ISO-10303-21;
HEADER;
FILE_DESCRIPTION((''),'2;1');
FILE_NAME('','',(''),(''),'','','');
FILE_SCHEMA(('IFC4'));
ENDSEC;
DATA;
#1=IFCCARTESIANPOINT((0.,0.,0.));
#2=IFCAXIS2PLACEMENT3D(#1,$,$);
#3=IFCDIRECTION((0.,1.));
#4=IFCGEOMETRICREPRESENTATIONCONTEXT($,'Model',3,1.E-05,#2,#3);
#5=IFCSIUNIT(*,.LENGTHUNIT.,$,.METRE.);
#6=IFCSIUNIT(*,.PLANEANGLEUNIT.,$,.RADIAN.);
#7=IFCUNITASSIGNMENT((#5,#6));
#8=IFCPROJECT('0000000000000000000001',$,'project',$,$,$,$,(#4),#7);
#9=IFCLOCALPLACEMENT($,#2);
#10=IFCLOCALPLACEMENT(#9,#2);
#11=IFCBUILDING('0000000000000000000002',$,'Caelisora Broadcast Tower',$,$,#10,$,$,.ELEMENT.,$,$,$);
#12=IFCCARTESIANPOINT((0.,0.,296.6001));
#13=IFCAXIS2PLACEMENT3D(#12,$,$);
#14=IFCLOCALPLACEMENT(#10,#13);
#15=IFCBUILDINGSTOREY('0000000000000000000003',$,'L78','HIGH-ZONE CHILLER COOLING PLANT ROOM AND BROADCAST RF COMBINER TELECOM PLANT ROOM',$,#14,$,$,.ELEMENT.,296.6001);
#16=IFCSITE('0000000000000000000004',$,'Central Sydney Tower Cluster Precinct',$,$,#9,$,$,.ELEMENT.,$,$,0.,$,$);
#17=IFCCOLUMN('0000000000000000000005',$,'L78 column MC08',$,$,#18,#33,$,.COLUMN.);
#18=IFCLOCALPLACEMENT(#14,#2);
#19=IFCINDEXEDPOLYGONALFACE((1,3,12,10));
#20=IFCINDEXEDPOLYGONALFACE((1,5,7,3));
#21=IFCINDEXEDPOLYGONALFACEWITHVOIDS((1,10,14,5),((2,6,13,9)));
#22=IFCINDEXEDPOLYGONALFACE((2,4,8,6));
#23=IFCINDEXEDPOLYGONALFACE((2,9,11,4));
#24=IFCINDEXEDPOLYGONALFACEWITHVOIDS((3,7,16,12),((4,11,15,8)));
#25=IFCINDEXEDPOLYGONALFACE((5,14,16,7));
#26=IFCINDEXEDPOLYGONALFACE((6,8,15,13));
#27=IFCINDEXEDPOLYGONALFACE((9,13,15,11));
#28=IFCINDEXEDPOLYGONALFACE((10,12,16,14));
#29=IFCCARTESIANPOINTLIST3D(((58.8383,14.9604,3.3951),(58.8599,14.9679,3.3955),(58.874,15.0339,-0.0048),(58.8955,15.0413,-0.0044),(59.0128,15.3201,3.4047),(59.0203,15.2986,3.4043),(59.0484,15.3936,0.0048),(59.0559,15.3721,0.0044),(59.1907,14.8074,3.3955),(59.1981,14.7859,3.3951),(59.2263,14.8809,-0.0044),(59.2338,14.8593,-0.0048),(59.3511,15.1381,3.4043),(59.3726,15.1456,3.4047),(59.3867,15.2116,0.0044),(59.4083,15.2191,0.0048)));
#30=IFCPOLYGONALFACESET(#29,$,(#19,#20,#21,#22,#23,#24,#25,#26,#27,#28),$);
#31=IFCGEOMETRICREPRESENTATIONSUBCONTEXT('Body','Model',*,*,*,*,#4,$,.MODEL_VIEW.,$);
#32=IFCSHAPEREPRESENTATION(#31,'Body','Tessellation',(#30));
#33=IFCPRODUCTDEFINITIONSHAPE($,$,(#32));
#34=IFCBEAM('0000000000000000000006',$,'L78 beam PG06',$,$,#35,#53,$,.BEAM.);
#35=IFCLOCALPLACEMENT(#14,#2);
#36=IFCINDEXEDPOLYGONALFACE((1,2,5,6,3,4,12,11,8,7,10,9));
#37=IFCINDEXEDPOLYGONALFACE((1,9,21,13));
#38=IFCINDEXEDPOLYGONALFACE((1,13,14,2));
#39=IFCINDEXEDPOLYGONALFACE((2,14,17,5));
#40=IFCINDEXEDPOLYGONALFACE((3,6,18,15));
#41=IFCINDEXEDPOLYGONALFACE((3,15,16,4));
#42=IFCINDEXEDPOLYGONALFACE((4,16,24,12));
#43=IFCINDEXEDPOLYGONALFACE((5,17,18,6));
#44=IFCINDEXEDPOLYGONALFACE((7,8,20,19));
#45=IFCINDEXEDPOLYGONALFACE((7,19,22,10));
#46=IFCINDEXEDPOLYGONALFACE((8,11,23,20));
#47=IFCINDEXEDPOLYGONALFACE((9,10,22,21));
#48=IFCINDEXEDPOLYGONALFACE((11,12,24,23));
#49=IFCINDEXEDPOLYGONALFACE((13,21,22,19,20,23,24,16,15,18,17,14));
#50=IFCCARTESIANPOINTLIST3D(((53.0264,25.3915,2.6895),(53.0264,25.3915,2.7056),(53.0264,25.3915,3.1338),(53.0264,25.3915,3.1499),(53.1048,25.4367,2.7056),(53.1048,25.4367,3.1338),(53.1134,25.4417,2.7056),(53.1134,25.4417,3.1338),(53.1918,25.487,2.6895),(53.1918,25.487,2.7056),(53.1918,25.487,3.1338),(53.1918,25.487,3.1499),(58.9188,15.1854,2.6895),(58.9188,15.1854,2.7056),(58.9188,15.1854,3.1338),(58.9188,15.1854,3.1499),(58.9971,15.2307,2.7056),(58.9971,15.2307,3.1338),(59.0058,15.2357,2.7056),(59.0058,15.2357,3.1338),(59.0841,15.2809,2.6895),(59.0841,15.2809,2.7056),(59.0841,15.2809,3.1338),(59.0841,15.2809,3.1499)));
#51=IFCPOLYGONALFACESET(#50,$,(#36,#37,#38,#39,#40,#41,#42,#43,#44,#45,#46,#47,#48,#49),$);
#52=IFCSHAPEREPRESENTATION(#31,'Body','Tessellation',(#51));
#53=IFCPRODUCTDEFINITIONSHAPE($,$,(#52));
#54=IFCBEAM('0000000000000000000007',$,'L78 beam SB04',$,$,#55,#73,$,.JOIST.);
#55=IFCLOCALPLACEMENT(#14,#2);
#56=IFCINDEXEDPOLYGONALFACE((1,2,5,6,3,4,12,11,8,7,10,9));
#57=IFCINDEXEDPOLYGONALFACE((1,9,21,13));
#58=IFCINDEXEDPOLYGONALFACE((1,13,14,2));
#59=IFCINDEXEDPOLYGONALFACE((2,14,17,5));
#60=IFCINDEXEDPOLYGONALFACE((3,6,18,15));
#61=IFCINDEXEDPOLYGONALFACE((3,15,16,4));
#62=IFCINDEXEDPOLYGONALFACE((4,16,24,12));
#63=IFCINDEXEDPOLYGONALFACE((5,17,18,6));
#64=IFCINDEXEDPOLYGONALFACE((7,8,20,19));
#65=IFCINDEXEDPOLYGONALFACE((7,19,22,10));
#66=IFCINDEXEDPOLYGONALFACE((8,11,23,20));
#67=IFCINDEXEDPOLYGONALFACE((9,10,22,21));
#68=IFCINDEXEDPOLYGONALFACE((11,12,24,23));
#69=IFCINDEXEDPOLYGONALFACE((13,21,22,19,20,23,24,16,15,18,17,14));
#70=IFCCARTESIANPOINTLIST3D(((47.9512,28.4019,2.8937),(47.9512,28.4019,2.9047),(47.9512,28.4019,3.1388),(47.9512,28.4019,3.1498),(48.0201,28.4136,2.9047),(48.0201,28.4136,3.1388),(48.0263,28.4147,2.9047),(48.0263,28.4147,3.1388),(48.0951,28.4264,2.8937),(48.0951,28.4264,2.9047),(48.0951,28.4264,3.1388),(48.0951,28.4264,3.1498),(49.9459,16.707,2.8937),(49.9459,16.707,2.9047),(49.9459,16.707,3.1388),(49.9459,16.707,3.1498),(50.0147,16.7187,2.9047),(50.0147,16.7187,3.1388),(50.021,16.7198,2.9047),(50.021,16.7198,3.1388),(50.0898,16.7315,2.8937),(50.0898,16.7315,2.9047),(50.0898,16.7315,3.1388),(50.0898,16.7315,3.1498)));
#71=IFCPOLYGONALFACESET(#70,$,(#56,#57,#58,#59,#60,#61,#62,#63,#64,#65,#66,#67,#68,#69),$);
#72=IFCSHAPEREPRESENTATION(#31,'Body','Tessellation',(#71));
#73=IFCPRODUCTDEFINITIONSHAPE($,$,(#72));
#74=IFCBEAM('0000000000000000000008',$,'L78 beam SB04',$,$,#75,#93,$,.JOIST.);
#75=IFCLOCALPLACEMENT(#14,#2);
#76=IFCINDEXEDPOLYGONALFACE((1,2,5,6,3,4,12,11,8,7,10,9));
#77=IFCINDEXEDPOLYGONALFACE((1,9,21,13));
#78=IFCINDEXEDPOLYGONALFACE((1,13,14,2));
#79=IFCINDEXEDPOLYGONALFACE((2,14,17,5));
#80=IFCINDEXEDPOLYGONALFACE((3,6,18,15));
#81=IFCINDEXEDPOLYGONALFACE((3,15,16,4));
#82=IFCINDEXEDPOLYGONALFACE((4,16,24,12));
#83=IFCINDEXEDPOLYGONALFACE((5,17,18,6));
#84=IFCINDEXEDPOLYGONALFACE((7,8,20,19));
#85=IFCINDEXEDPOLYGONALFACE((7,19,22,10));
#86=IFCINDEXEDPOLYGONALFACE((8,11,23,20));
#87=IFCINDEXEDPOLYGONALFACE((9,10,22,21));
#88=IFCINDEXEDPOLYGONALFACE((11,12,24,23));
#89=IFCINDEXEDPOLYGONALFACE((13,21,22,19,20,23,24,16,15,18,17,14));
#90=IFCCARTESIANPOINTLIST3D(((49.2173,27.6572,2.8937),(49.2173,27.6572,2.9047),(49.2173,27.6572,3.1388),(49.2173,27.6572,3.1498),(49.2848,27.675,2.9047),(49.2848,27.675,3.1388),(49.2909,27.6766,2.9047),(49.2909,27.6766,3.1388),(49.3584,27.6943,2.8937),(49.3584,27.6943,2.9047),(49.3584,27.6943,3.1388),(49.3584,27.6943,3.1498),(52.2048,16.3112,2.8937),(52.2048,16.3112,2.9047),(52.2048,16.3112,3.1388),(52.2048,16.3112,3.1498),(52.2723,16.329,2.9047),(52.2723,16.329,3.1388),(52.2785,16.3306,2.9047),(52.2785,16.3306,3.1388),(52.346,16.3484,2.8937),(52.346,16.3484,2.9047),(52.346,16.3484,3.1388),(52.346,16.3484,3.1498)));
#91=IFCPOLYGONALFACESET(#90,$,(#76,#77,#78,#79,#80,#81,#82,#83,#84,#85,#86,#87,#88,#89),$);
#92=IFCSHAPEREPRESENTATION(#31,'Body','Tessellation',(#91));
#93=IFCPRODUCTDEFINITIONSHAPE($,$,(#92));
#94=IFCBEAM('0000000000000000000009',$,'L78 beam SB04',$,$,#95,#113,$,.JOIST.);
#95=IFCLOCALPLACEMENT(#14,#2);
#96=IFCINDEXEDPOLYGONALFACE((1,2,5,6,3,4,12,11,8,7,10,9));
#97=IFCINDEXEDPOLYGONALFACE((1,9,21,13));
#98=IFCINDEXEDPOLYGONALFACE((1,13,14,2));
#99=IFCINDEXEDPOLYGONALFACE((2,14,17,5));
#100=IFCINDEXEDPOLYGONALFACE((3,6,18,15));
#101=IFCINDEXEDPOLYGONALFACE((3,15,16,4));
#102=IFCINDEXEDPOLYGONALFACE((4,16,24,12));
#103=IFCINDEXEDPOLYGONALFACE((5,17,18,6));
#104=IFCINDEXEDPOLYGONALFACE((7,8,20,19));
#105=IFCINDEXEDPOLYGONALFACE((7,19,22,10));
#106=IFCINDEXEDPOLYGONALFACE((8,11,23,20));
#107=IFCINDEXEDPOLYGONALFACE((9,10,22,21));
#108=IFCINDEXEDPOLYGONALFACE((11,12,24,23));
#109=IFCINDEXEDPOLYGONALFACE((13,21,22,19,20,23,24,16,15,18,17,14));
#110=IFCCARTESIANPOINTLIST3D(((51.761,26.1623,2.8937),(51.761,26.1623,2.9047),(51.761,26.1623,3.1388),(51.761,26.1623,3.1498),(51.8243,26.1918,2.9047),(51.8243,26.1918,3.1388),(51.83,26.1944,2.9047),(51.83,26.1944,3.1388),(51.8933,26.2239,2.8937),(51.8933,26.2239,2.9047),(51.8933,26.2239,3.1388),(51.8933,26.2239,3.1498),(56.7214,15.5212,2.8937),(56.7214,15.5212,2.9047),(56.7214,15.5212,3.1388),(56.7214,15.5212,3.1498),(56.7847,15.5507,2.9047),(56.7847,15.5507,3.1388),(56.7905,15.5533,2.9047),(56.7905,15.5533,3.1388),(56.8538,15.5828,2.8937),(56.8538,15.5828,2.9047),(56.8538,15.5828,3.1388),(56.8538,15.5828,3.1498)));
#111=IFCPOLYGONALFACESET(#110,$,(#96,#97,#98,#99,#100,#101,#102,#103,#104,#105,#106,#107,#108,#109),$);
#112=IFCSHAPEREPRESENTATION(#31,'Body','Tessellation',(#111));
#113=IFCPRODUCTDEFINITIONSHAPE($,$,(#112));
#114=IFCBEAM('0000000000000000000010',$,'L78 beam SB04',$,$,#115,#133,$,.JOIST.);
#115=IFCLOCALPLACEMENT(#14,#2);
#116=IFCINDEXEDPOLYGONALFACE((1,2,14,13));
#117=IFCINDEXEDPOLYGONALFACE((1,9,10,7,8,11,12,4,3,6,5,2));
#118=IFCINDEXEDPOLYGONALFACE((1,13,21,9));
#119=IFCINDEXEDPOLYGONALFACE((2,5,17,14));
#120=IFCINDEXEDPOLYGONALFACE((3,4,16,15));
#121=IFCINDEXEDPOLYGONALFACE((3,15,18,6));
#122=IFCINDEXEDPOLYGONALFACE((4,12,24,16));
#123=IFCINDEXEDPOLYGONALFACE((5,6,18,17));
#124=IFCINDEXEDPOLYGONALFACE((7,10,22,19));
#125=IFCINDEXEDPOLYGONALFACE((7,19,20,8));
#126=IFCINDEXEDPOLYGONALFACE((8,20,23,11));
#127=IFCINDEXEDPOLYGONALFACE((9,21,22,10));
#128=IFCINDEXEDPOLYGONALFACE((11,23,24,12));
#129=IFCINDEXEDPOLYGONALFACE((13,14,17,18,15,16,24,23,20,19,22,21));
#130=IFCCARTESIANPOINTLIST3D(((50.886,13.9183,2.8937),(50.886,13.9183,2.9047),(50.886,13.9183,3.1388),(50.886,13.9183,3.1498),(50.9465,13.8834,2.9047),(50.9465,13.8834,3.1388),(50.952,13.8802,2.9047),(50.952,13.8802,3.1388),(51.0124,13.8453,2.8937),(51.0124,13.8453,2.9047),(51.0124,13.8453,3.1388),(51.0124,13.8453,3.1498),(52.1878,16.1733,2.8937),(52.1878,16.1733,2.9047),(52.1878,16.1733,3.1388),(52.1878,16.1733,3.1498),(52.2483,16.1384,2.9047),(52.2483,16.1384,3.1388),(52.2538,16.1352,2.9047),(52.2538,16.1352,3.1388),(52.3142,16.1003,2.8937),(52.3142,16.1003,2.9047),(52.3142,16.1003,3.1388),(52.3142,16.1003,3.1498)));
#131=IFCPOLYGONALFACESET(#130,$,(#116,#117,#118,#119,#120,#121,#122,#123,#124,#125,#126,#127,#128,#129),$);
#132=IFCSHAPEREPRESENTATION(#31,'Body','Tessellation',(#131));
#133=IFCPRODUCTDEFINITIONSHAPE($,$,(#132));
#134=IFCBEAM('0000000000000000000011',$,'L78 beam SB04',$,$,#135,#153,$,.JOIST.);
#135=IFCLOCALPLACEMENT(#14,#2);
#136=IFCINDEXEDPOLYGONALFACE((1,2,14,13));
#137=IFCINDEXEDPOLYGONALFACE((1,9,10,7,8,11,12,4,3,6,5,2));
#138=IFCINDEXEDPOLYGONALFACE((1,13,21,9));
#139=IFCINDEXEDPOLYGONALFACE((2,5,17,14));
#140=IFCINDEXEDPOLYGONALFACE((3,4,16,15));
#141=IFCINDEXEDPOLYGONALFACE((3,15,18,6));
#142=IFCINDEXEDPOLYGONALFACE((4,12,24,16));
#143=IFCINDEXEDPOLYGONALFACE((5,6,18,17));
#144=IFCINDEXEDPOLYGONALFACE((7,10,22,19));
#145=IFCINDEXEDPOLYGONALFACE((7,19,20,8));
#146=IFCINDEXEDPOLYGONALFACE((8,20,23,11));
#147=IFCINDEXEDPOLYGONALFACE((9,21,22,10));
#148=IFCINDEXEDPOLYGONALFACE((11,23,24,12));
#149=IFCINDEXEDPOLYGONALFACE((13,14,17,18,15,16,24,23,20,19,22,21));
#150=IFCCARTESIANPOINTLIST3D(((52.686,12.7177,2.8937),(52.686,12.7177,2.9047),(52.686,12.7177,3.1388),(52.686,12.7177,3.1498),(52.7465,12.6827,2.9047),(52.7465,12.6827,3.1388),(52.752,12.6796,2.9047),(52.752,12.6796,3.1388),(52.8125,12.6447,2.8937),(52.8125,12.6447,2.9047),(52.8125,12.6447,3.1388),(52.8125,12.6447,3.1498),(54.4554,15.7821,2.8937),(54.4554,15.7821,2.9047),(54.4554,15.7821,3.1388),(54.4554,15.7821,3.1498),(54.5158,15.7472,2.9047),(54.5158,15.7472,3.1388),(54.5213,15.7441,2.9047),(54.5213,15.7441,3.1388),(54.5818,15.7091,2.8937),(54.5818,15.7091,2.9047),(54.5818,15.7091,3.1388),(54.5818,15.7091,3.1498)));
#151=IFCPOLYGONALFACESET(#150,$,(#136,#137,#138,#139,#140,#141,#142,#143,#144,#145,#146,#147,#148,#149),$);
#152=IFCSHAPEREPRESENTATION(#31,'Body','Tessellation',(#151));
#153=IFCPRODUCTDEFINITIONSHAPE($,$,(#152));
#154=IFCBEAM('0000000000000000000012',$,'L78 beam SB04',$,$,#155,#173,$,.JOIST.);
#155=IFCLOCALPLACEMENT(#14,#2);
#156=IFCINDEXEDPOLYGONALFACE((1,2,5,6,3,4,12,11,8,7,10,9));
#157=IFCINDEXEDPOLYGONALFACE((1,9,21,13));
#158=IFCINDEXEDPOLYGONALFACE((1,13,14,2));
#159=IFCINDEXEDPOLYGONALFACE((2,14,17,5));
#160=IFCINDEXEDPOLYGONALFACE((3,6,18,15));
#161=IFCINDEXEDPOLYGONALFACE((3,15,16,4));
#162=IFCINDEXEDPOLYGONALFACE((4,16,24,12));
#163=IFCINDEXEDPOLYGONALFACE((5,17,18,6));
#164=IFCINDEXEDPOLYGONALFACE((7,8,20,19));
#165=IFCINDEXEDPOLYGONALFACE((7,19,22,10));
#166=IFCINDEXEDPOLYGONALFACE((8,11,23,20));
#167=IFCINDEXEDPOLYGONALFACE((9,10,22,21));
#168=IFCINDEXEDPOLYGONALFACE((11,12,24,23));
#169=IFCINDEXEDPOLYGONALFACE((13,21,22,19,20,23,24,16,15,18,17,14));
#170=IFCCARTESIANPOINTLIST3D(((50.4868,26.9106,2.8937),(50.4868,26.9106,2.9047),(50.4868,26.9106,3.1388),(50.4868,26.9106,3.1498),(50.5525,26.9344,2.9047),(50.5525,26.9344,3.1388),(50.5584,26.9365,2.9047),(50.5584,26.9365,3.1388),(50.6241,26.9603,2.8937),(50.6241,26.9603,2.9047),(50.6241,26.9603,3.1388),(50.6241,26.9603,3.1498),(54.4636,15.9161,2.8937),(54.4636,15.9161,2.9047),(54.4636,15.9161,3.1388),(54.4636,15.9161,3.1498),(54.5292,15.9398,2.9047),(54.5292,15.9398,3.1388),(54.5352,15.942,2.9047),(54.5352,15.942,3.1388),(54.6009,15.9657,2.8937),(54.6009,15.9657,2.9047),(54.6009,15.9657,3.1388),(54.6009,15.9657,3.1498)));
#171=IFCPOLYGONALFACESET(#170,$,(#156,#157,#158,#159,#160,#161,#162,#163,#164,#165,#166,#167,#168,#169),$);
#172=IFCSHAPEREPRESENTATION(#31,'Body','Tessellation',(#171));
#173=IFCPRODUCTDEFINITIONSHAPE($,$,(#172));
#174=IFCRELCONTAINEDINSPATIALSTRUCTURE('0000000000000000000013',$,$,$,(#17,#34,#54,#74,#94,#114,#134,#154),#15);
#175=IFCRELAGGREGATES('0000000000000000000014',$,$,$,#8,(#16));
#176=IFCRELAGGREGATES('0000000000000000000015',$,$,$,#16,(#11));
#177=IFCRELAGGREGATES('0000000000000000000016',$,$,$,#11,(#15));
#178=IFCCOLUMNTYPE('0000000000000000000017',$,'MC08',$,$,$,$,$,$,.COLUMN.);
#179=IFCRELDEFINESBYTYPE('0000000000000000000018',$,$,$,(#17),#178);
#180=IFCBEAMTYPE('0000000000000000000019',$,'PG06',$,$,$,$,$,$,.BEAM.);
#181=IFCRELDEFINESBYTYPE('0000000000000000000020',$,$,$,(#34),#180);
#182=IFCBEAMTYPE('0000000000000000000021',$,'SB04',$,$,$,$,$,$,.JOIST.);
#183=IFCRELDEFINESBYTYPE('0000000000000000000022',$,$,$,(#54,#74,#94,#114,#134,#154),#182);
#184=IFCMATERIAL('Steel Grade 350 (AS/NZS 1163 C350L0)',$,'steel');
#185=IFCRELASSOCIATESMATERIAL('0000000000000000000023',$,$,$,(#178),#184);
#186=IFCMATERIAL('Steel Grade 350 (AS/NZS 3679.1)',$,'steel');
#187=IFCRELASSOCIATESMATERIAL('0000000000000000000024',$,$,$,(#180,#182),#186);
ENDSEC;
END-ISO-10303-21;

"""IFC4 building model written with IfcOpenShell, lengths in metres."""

from ifc_helpers import new_model, si_unit, direction, frame, origin, origin_2d, place, context, subcontext, project, spatial, hollow_rectangle, i_section, extrude, source, transform, mapped, material, material_profile, profile_set, type_object, type_shapes, element, save


model = new_model("IFC4")

# Units and contexts
model_context = context("Model", 3, precision=1e-05, world=origin(), true_north=direction((0.0, 1.0)))
body_context = subcontext(model_context, "Body", "Model", "MODEL_VIEW")
ifc_project = project(units=[si_unit("LENGTHUNIT", "METRE"), si_unit("PLANEANGLEUNIT", "RADIAN")], contexts=[model_context])

# Site, building, storey
site_placement = place(None, origin())
site = spatial("IfcSite", under=ifc_project, at=site_placement, Name="Central Sydney Tower Cluster Precinct", CompositionType="ELEMENT", RefElevation=0.0)
building_placement = place(site_placement, origin())
building = spatial("IfcBuilding", under=site, at=building_placement, Name="Caelisora Broadcast Tower", CompositionType="ELEMENT")
storey_placement = place(building_placement, frame((0.0, 0.0, 296.6001)))
storey = spatial("IfcBuildingStorey", under=building, at=storey_placement, Name="L78", Description="HIGH-ZONE CHILLER COOLING PLANT ROOM AND BROADCAST RF COMBINER TELECOM PLANT ROOM", CompositionType="ELEMENT", Elevation=296.6001)

# Column
ifc_material_1 = material(Name="Steel Grade 350 (AS/NZS 1163 C350L0)", Category="steel")
ifc_material_profile_1 = material_profile(ifc_material_1, hollow_rectangle(XDim=0.3999, YDim=0.3999, WallThickness=0.0161, at=origin_2d()), Name="Steel Grade 350 (AS/NZS 1163 C350L0)")
ifc_profile_set_1 = profile_set([ifc_material_profile_1], Name="Steel Grade 350 (AS/NZS 1163 C350L0)")
column_type = type_object("IfcColumnType", Name="MC08", PredefinedType="COLUMN", material=ifc_profile_set_1)
shared_shape_1 = source(origin(), body_context, "Body", "SweptSolid", [
    extrude(hollow_rectangle(XDim=0.3999, YDim=0.3999, WallThickness=0.0161, at=origin_2d()), origin(), (0.0, 0.0, 1.0), 3.4009),
])
type_shapes(column_type, [shared_shape_1])
column_placement = place(storey_placement, frame((59.1411, 15.1265, 0.0), z_axis=(-0.010481, -0.021608, 0.999712), x_axis=(0.899743, -0.43642, 0.0)))
element("IfcColumn", 1, at=column_placement, inside=storey, type_object=column_type, Name="L78 column MC08", PredefinedType="COLUMN", context=body_context, shape_type="MappedRepresentation", body=[
    mapped(shared_shape_1, transform((0.0, 0.0, 0.0), scale=1.0)),
])

# Beams
ifc_material_2 = material(Name="Steel Grade 350 (AS/NZS 3679.1)", Category="steel")
ifc_material_profile_2 = material_profile(ifc_material_2, i_section(OverallWidth=0.1909, OverallDepth=0.4604, WebThickness=0.01, FlangeThickness=0.0161, at=origin_2d()), Name="Steel Grade 350 (AS/NZS 3679.1)")
ifc_profile_set_2 = profile_set([ifc_material_profile_2], Name="Steel Grade 350 (AS/NZS 3679.1)")
beam_type_1 = type_object("IfcBeamType", Name="PG06", PredefinedType="BEAM", material=ifc_profile_set_2)
shared_shape_2 = source(origin(), body_context, "Body", "SweptSolid", [
    extrude(i_section(OverallWidth=0.1909, OverallDepth=0.4604, WebThickness=0.01, FlangeThickness=0.0161, at=origin_2d()), origin(), (0.0, 0.0, 1.0), 11.7849),
])
type_shapes(beam_type_1, [shared_shape_2])
beam_1_placement = place(storey_placement, frame((59.0015, 15.2332, 2.9197), z_axis=(-0.499991, 0.86603, 0.0), x_axis=(-0.86603, -0.499991, 0.0)))
element("IfcBeam", 2, at=beam_1_placement, inside=storey, type_object=beam_type_1, Name="L78 beam PG06", PredefinedType="BEAM", context=body_context, shape_type="MappedRepresentation", body=[
    mapped(shared_shape_2, transform((0.0, 0.0, 0.0), scale=1.0)),
])
ifc_material_profile_3 = material_profile(ifc_material_2, i_section(OverallWidth=0.146, OverallDepth=0.2561, WebThickness=0.0063, FlangeThickness=0.011, at=origin_2d()), Name="Steel Grade 350 (AS/NZS 3679.1)")
ifc_profile_set_3 = profile_set([ifc_material_profile_3], Name="Steel Grade 350 (AS/NZS 3679.1)")
beam_type_2 = type_object("IfcBeamType", Name="SB04", PredefinedType="JOIST", material=ifc_profile_set_3)
shared_shape_3 = source(origin(), body_context, "Body", "SweptSolid", [
    extrude(i_section(OverallWidth=0.146, OverallDepth=0.2561, WebThickness=0.0063, FlangeThickness=0.011, at=origin_2d()), origin(), (0.0, 0.0, 1.0), 11.8638),
])
beam_2_placement = place(storey_placement, frame((50.0178, 16.7192, 3.0217), z_axis=(-0.168129, 0.985765, 0.0), x_axis=(-0.985765, -0.168129, 0.0)))
element("IfcBeam", 3, at=beam_2_placement, inside=storey, type_object=beam_type_2, Name="L78 beam SB04", PredefinedType="JOIST", context=body_context, shape_type="MappedRepresentation", body=[
    mapped(shared_shape_3, transform((0.0, 0.0, 0.0), scale=1.0)),
])
shared_shape_4 = source(origin(), body_context, "Body", "SweptSolid", [
    extrude(i_section(OverallWidth=0.146, OverallDepth=0.2561, WebThickness=0.0063, FlangeThickness=0.011, at=origin_2d()), origin(), (0.0, 0.0, 1.0), 11.7327),
])
beam_3_placement = place(storey_placement, frame((52.2754, 16.3298, 3.0217), z_axis=(-0.254635, 0.967037, 0.0), x_axis=(-0.967037, -0.254635, 0.0)))
element("IfcBeam", 4, at=beam_3_placement, inside=storey, type_object=beam_type_2, Name="L78 beam SB04", PredefinedType="JOIST", context=body_context, shape_type="MappedRepresentation", body=[
    mapped(shared_shape_4, transform((0.0, 0.0, 0.0), scale=1.0)),
])
shared_shape_5 = source(origin(), body_context, "Body", "SweptSolid", [
    extrude(i_section(OverallWidth=0.146, OverallDepth=0.2561, WebThickness=0.0063, FlangeThickness=0.011, at=origin_2d()), origin(), (0.0, 0.0, 1.0), 11.7405),
])
beam_4_placement = place(storey_placement, frame((56.7876, 15.552, 3.0217), z_axis=(-0.422507, 0.906359, 0.0), x_axis=(-0.906359, -0.422507, 0.0)))
element("IfcBeam", 5, at=beam_4_placement, inside=storey, type_object=beam_type_2, Name="L78 beam SB04", PredefinedType="JOIST", context=body_context, shape_type="MappedRepresentation", body=[
    mapped(shared_shape_5, transform((0.0, 0.0, 0.0), scale=1.0)),
])
shared_shape_6 = source(origin(), body_context, "Body", "SweptSolid", [
    extrude(i_section(OverallWidth=0.146, OverallDepth=0.2561, WebThickness=0.0063, FlangeThickness=0.011, at=origin_2d()), origin(), (0.0, 0.0, 1.0), 2.6038),
])
beam_5_placement = place(storey_placement, frame((50.9492, 13.8818, 3.0217), z_axis=(0.499971, 0.866042, 0.0), x_axis=(-0.866042, 0.499971, 0.0)))
element("IfcBeam", 6, at=beam_5_placement, inside=storey, type_object=beam_type_2, Name="L78 beam SB04", PredefinedType="JOIST", context=body_context, shape_type="MappedRepresentation", body=[
    mapped(shared_shape_6, transform((0.0, 0.0, 0.0), scale=1.0)),
])
shared_shape_7 = source(origin(), body_context, "Body", "SweptSolid", [
    extrude(i_section(OverallWidth=0.146, OverallDepth=0.2561, WebThickness=0.0063, FlangeThickness=0.011, at=origin_2d()), origin(), (0.0, 0.0, 1.0), 3.5386),
])
beam_6_placement = place(storey_placement, frame((52.7493, 12.6812, 3.0217), z_axis=(0.500005, 0.866022, 0.0), x_axis=(-0.866022, 0.500005, 0.0)))
element("IfcBeam", 7, at=beam_6_placement, inside=storey, type_object=beam_type_2, Name="L78 beam SB04", PredefinedType="JOIST", context=body_context, shape_type="MappedRepresentation", body=[
    mapped(shared_shape_7, transform((0.0, 0.0, 0.0), scale=1.0)),
])
shared_shape_8 = source(origin(), body_context, "Body", "SweptSolid", [
    extrude(i_section(OverallWidth=0.146, OverallDepth=0.2561, WebThickness=0.0063, FlangeThickness=0.011, at=origin_2d()), origin(), (0.0, 0.0, 1.0), 11.6917),
])
type_shapes(beam_type_2, [shared_shape_3, shared_shape_4, shared_shape_5, shared_shape_6, shared_shape_7, shared_shape_8])
beam_7_placement = place(storey_placement, frame((54.5322, 15.9409, 3.0217), z_axis=(-0.340138, 0.940376, 0.0), x_axis=(-0.940376, -0.340138, 0.0)))
element("IfcBeam", 8, at=beam_7_placement, inside=storey, type_object=beam_type_2, Name="L78 beam SB04", PredefinedType="JOIST", context=body_context, shape_type="MappedRepresentation", body=[
    mapped(shared_shape_8, transform((0.0, 0.0, 0.0), scale=1.0)),
])

save(model, "model.ifc")
